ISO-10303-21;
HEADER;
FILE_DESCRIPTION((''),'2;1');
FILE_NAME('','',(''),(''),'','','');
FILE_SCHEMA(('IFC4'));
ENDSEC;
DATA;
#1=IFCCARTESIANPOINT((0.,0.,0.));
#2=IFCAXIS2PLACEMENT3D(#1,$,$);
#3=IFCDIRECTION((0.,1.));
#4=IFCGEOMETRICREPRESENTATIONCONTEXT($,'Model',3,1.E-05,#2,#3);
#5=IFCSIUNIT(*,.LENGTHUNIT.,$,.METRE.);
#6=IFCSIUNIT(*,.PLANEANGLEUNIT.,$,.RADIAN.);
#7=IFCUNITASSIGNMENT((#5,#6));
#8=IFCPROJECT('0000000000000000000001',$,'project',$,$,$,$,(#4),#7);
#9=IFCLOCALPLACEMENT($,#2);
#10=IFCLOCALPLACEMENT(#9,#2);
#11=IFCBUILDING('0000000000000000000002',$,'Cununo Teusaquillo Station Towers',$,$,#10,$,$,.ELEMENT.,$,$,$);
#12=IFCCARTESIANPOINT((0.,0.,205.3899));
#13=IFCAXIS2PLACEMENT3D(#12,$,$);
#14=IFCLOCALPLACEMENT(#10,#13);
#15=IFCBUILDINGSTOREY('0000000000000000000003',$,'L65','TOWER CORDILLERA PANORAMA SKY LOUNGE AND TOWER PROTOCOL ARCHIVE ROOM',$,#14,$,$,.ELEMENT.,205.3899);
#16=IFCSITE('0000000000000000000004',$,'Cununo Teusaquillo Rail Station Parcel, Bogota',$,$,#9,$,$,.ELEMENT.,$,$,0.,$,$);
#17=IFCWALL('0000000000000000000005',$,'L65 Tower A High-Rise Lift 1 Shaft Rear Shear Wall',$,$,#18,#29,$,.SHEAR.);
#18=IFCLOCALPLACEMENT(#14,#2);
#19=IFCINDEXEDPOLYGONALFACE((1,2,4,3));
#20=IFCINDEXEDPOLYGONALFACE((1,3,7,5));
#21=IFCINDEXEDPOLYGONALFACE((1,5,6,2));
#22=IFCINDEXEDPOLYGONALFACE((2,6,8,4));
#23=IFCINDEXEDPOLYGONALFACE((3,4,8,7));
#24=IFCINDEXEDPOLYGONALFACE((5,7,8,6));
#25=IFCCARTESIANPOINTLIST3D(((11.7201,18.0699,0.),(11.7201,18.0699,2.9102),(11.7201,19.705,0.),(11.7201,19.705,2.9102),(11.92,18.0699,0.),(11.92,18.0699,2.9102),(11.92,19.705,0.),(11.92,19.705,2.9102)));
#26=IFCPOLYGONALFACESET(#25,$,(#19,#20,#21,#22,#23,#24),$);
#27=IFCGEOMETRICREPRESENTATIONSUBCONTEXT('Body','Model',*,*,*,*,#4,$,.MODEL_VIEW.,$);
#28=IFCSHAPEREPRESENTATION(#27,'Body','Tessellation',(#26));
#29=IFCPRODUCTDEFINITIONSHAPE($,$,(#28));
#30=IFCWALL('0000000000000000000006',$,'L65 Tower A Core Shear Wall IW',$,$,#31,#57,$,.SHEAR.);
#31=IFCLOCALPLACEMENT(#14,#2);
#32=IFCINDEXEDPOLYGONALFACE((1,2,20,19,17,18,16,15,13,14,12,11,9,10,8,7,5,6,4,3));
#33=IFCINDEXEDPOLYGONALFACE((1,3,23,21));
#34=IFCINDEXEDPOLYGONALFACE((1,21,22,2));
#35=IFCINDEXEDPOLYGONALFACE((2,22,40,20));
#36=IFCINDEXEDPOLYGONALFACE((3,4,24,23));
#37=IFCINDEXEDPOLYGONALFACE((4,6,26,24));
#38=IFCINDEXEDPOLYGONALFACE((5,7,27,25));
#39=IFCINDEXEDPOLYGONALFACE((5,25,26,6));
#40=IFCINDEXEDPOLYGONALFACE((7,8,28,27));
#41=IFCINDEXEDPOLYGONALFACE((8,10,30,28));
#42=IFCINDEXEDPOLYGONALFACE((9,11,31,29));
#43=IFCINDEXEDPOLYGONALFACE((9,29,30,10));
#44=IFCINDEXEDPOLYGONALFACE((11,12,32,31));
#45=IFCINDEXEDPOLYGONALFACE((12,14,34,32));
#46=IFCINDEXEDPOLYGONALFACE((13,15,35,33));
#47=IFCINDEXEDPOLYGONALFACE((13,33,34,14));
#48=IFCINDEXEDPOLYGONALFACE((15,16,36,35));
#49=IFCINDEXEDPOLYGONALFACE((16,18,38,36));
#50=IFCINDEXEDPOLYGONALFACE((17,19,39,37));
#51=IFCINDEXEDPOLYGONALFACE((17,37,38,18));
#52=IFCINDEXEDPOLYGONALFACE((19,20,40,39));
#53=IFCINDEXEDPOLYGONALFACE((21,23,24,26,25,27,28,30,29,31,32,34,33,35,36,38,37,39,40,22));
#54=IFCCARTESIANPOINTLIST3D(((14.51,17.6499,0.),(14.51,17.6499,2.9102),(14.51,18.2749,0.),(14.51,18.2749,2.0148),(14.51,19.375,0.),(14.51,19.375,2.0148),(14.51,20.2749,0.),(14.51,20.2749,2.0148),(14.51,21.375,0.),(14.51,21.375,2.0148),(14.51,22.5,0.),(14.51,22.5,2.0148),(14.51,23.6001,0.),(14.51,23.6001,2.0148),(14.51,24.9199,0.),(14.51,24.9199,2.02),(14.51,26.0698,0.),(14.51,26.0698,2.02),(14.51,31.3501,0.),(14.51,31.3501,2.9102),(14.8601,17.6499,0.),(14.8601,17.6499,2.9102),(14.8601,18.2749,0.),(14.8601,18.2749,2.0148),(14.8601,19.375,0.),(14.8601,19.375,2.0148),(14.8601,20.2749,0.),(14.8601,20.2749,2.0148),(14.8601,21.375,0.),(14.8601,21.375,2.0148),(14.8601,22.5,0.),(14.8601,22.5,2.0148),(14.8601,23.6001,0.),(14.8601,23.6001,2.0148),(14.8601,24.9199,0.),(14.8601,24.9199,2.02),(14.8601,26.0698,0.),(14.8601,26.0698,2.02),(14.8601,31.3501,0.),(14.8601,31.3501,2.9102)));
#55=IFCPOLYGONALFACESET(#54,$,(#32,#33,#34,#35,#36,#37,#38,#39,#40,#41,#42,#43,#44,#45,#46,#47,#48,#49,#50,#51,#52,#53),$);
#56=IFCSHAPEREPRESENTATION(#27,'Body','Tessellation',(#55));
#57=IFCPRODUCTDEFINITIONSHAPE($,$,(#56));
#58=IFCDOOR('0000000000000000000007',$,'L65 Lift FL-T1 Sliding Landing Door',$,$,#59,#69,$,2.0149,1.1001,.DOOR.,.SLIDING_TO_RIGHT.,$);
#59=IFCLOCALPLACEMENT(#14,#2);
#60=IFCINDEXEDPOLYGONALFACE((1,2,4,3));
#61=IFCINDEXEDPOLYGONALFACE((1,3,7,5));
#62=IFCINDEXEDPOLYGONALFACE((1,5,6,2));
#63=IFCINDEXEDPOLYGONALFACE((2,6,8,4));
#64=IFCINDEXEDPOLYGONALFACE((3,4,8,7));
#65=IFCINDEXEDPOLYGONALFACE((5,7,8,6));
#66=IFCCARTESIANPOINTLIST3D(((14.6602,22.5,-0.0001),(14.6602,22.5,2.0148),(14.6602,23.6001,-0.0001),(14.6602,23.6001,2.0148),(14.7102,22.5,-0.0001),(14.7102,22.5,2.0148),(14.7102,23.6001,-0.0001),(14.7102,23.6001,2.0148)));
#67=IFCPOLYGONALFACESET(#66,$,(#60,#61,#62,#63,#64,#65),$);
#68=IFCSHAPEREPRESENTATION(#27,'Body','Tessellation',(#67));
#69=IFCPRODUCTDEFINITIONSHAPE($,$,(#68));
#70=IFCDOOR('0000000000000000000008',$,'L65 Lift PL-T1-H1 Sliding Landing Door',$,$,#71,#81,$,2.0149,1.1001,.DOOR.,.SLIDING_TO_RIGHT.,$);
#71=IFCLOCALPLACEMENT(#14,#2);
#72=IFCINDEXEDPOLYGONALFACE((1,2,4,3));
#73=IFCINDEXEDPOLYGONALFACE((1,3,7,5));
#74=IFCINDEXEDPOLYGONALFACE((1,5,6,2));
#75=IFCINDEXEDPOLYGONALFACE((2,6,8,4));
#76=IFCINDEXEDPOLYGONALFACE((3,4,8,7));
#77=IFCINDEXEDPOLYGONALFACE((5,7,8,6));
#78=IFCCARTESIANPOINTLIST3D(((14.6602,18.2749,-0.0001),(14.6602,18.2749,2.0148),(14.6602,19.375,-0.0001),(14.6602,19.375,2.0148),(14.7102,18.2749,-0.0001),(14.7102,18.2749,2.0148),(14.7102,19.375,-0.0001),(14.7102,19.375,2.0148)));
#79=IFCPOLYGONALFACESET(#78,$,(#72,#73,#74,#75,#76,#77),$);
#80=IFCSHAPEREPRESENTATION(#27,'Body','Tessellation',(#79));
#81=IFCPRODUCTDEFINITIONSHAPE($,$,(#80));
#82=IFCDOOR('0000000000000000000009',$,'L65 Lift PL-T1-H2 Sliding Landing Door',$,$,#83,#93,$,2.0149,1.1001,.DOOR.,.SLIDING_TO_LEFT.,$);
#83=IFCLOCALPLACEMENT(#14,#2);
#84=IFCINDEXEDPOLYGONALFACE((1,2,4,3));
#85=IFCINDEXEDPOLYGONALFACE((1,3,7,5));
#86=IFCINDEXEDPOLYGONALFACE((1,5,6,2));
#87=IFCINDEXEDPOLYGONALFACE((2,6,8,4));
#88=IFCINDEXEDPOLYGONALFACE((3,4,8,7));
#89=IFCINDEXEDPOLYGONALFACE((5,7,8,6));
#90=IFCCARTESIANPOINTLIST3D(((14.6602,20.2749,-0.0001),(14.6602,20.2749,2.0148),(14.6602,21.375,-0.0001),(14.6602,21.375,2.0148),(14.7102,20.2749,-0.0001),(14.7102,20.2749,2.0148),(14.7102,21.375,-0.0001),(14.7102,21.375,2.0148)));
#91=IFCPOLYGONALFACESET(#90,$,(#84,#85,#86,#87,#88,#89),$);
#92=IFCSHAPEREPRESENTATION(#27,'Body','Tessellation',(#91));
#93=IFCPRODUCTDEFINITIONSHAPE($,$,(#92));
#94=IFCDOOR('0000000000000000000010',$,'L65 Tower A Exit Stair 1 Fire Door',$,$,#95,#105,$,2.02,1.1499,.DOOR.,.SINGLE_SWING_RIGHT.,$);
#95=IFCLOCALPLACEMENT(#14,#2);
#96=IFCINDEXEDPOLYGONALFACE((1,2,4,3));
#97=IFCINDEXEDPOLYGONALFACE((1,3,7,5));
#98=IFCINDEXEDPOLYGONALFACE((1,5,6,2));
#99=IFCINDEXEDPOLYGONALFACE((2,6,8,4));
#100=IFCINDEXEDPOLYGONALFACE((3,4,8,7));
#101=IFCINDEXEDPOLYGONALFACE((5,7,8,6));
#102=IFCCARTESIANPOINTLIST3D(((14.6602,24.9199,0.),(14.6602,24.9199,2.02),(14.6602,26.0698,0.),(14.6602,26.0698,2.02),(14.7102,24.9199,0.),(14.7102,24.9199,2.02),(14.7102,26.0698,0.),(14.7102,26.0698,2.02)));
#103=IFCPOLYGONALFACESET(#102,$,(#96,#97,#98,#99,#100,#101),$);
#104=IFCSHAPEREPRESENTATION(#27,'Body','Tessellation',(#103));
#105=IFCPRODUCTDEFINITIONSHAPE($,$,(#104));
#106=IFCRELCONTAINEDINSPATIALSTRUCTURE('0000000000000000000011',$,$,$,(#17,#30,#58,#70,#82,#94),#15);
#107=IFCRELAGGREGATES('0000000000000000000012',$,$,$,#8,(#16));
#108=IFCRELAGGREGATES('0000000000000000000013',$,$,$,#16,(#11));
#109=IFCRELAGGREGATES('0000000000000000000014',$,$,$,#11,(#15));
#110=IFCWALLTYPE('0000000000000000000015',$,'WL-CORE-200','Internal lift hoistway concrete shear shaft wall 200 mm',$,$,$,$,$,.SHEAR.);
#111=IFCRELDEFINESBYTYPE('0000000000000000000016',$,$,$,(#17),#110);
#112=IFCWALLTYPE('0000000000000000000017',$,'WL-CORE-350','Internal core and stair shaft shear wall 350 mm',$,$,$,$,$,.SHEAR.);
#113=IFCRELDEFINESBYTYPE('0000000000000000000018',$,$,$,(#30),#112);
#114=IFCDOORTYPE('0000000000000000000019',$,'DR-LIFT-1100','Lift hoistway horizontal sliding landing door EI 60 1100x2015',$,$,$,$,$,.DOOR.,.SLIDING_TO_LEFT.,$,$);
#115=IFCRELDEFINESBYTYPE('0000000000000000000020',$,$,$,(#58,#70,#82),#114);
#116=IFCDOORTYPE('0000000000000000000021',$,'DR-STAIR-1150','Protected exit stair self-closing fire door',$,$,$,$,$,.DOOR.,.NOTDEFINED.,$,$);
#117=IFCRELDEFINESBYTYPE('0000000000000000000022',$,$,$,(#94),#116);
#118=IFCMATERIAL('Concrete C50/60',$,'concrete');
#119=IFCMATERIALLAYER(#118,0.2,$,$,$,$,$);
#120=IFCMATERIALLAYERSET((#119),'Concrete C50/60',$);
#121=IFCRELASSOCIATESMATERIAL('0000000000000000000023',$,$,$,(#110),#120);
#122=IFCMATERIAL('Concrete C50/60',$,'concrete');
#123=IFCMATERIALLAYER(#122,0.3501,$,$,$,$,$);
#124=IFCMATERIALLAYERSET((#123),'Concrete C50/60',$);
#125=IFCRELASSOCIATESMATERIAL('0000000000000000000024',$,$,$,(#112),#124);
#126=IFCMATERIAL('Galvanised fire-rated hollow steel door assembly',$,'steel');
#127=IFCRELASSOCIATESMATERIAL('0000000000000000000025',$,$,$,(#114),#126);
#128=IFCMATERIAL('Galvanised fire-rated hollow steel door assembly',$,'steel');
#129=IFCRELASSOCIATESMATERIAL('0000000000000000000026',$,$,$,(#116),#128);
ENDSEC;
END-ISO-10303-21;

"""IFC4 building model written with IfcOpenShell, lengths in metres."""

from ifc_helpers import new_model, si_unit, direction, frame, frame_2d, origin, place, context, subcontext, project, spatial, rectangle, extrude, source, transform, mapped, material, layer, layer_set, type_object, element, fill, save


model = new_model("IFC4")

# Units and contexts
model_context = context("Model", 3, precision=1e-05, world=origin(), true_north=direction((0.0, 1.0)))
body_context = subcontext(model_context, "Body", "Model", "MODEL_VIEW")
ifc_project = project(units=[si_unit("LENGTHUNIT", "METRE"), si_unit("PLANEANGLEUNIT", "RADIAN")], contexts=[model_context])

# Site, building, storey
site_placement = place(None, origin())
site = spatial("IfcSite", under=ifc_project, at=site_placement, Name="Cununo Teusaquillo Rail Station Parcel, Bogota", CompositionType="ELEMENT", RefElevation=0.0)
building_placement = place(site_placement, origin())
building = spatial("IfcBuilding", under=site, at=building_placement, Name="Cununo Teusaquillo Station Towers", CompositionType="ELEMENT")
storey_placement = place(building_placement, frame((0.0, 0.0, 205.3899)))
storey = spatial("IfcBuildingStorey", under=building, at=storey_placement, Name="L65", Description="TOWER CORDILLERA PANORAMA SKY LOUNGE AND TOWER PROTOCOL ARCHIVE ROOM", CompositionType="ELEMENT", Elevation=205.3899)

# Wall
ifc_material_1 = material(Name="Concrete C50/60", Category="concrete")
ifc_layer_1 = layer(ifc_material_1, 0.2)
ifc_layer_set_1 = layer_set([ifc_layer_1], Name="Concrete C50/60")
wall_type_1 = type_object("IfcWallType", Name="WL-CORE-200", Description="Internal lift hoistway concrete shear shaft wall 200 mm", PredefinedType="SHEAR", material=ifc_layer_set_1)
wall_1_placement = place(storey_placement, frame((11.8201, 18.0701, 0.0), z_axis=(0.0, 0.0, 1.0), x_axis=(0.0, 1.0, 0.0)))
element("IfcWall", 1, at=wall_1_placement, inside=storey, type_object=wall_type_1, Name="L65 Tower A High-Rise Lift 1 Shaft Rear Shear Wall", PredefinedType="SHEAR", context=body_context, shape_type="SweptSolid", body=[
    extrude(rectangle(XDim=1.635, YDim=0.2, at=frame_2d((0.8174, 0.0))), origin(), (0.0, 0.0, 1.0), 2.9102),
])

# Wall, openings, doors
ifc_material_2 = material(Name="Concrete C50/60", Category="concrete")
ifc_layer_2 = layer(ifc_material_2, 0.3501)
ifc_layer_set_2 = layer_set([ifc_layer_2], Name="Concrete C50/60")
wall_type_2 = type_object("IfcWallType", Name="WL-CORE-350", Description="Internal core and stair shaft shear wall 350 mm", PredefinedType="SHEAR", material=ifc_layer_set_2)
wall_2_placement = place(storey_placement, frame((14.6851, 17.6499, 0.0), z_axis=(0.0, 0.0, 1.0), x_axis=(0.0, 1.0, 0.0)))
wall_2 = element("IfcWall", 2, at=wall_2_placement, inside=storey, type_object=wall_type_2, Name="L65 Tower A Core Shear Wall IW", PredefinedType="SHEAR", context=body_context, shape_type="SweptSolid", body=[
    extrude(rectangle(XDim=13.7002, YDim=0.3501, at=frame_2d((6.8501, 0.0))), origin(), (0.0, 0.0, 1.0), 2.9102),
])
shared_shape_1 = source(origin(), body_context, "Body", "SweptSolid", [
    extrude(rectangle(XDim=1.1001, YDim=2.0149, at=frame_2d((0.55, 1.0073))), frame((0.0, 0.1851, 0.0), z_axis=(0.0, -1.0, 0.0), x_axis=(1.0, 0.0, 0.0)), (0.0, 0.0, 1.0), 0.3701),
])
opening_1_placement = place(wall_2_placement, frame((4.8501, 0.0, 0.0)))
opening_1 = element("IfcOpeningElement", 3, at=opening_1_placement, cuts=wall_2, PredefinedType="OPENING", context=body_context, shape_type="MappedRepresentation", body=[
    mapped(shared_shape_1, transform((0.0, 0.0, 0.0), x_axis=(1.0, 0.0, 0.0), y_axis=(0.0, 1.0, 0.0), z_axis=(0.0, 0.0, 1.0), scale=1.0)),
])
opening_2_placement = place(wall_2_placement, frame((0.625, 0.0, 0.0)))
opening_2 = element("IfcOpeningElement", 4, at=opening_2_placement, cuts=wall_2, PredefinedType="OPENING", context=body_context, shape_type="MappedRepresentation", body=[
    mapped(shared_shape_1, transform((0.0, 0.0, 0.0), x_axis=(1.0, 0.0, 0.0), y_axis=(0.0, 1.0, 0.0), z_axis=(0.0, 0.0, 1.0), scale=1.0)),
])
opening_3_placement = place(wall_2_placement, frame((2.625, 0.0, 0.0)))
opening_3 = element("IfcOpeningElement", 5, at=opening_3_placement, cuts=wall_2, PredefinedType="OPENING", context=body_context, shape_type="MappedRepresentation", body=[
    mapped(shared_shape_1, transform((0.0, 0.0, 0.0), x_axis=(1.0, 0.0, 0.0), y_axis=(0.0, 1.0, 0.0), z_axis=(0.0, 0.0, 1.0), scale=1.0)),
])
shared_shape_2 = source(origin(), body_context, "Body", "SweptSolid", [
    extrude(rectangle(XDim=1.1499, YDim=2.02, at=frame_2d((0.575, 1.01))), frame((0.0, 0.1851, 0.0), z_axis=(0.0, -1.0, 0.0), x_axis=(1.0, 0.0, 0.0)), (0.0, 0.0, 1.0), 0.3701),
])
opening_4_placement = place(wall_2_placement, frame((7.27, 0.0, 0.0)))
opening_4 = element("IfcOpeningElement", 6, at=opening_4_placement, cuts=wall_2, PredefinedType="OPENING", context=body_context, shape_type="MappedRepresentation", body=[
    mapped(shared_shape_2, transform((0.0, 0.0, 0.0), x_axis=(1.0, 0.0, 0.0), y_axis=(0.0, 1.0, 0.0), z_axis=(0.0, 0.0, 1.0), scale=1.0)),
])
ifc_material_3 = material(Name="Galvanised fire-rated hollow steel door assembly", Category="steel")
door_type_1 = type_object("IfcDoorType", Name="DR-LIFT-1100", Description="Lift hoistway horizontal sliding landing door EI 60 1100x2015", OperationType="SLIDING_TO_LEFT", PredefinedType="DOOR", material=ifc_material_3)
shared_shape_3 = source(origin(), body_context, "Body", "SweptSolid", [
    extrude(rectangle(XDim=1.1001, YDim=2.0149, at=frame_2d((0.55, 1.0073))), frame((0.0, 0.0249, 0.0), z_axis=(0.0, -1.0, 0.0), x_axis=(1.0, 0.0, 0.0)), (0.0, 0.0, 1.0), 0.05),
])
door_1_placement = place(opening_1_placement, origin())
door_1 = element("IfcDoor", 7, at=door_1_placement, inside=storey, type_object=door_type_1, Name="L65 Lift FL-T1 Sliding Landing Door", OperationType="SLIDING_TO_RIGHT", OverallHeight=2.0149, OverallWidth=1.1001, PredefinedType="DOOR", context=body_context, shape_type="MappedRepresentation", body=[
    mapped(shared_shape_3, transform((0.0, 0.0, 0.0), x_axis=(1.0, 0.0, 0.0), y_axis=(0.0, 1.0, 0.0), z_axis=(0.0, 0.0, 1.0), scale=1.0)),
])
fill(opening_1, door_1)
door_2_placement = place(opening_2_placement, origin())
door_2 = element("IfcDoor", 8, at=door_2_placement, inside=storey, type_object=door_type_1, Name="L65 Lift PL-T1-H1 Sliding Landing Door", OperationType="SLIDING_TO_RIGHT", OverallHeight=2.0149, OverallWidth=1.1001, PredefinedType="DOOR", context=body_context, shape_type="MappedRepresentation", body=[
    mapped(shared_shape_3, transform((0.0, 0.0, 0.0), x_axis=(1.0, 0.0, 0.0), y_axis=(0.0, 1.0, 0.0), z_axis=(0.0, 0.0, 1.0), scale=1.0)),
])
fill(opening_2, door_2)
door_3_placement = place(opening_3_placement, origin())
door_3 = element("IfcDoor", 9, at=door_3_placement, inside=storey, type_object=door_type_1, Name="L65 Lift PL-T1-H2 Sliding Landing Door", OperationType="SLIDING_TO_LEFT", OverallHeight=2.0149, OverallWidth=1.1001, PredefinedType="DOOR", context=body_context, shape_type="MappedRepresentation", body=[
    mapped(shared_shape_3, transform((0.0, 0.0, 0.0), x_axis=(1.0, 0.0, 0.0), y_axis=(0.0, 1.0, 0.0), z_axis=(0.0, 0.0, 1.0), scale=1.0)),
])
fill(opening_3, door_3)
ifc_material_4 = material(Name="Galvanised fire-rated hollow steel door assembly", Category="steel")
door_type_2 = type_object("IfcDoorType", Name="DR-STAIR-1150", Description="Protected exit stair self-closing fire door", OperationType="NOTDEFINED", PredefinedType="DOOR", material=ifc_material_4)
shared_shape_4 = source(origin(), body_context, "Body", "SweptSolid", [
    extrude(rectangle(XDim=1.1499, YDim=2.02, at=frame_2d((0.575, 1.01))), frame((0.0, 0.0249, 0.0), z_axis=(0.0, -1.0, 0.0), x_axis=(1.0, 0.0, 0.0)), (0.0, 0.0, 1.0), 0.05),
])
door_4_placement = place(opening_4_placement, origin())
door_4 = element("IfcDoor", 10, at=door_4_placement, inside=storey, type_object=door_type_2, Name="L65 Tower A Exit Stair 1 Fire Door", OperationType="SINGLE_SWING_RIGHT", OverallHeight=2.02, OverallWidth=1.1499, PredefinedType="DOOR", context=body_context, shape_type="MappedRepresentation", body=[
    mapped(shared_shape_4, transform((0.0, 0.0, 0.0), x_axis=(1.0, 0.0, 0.0), y_axis=(0.0, 1.0, 0.0), z_axis=(0.0, 0.0, 1.0), scale=1.0)),
])
fill(opening_4, door_4)

save(model, "model.ifc")
